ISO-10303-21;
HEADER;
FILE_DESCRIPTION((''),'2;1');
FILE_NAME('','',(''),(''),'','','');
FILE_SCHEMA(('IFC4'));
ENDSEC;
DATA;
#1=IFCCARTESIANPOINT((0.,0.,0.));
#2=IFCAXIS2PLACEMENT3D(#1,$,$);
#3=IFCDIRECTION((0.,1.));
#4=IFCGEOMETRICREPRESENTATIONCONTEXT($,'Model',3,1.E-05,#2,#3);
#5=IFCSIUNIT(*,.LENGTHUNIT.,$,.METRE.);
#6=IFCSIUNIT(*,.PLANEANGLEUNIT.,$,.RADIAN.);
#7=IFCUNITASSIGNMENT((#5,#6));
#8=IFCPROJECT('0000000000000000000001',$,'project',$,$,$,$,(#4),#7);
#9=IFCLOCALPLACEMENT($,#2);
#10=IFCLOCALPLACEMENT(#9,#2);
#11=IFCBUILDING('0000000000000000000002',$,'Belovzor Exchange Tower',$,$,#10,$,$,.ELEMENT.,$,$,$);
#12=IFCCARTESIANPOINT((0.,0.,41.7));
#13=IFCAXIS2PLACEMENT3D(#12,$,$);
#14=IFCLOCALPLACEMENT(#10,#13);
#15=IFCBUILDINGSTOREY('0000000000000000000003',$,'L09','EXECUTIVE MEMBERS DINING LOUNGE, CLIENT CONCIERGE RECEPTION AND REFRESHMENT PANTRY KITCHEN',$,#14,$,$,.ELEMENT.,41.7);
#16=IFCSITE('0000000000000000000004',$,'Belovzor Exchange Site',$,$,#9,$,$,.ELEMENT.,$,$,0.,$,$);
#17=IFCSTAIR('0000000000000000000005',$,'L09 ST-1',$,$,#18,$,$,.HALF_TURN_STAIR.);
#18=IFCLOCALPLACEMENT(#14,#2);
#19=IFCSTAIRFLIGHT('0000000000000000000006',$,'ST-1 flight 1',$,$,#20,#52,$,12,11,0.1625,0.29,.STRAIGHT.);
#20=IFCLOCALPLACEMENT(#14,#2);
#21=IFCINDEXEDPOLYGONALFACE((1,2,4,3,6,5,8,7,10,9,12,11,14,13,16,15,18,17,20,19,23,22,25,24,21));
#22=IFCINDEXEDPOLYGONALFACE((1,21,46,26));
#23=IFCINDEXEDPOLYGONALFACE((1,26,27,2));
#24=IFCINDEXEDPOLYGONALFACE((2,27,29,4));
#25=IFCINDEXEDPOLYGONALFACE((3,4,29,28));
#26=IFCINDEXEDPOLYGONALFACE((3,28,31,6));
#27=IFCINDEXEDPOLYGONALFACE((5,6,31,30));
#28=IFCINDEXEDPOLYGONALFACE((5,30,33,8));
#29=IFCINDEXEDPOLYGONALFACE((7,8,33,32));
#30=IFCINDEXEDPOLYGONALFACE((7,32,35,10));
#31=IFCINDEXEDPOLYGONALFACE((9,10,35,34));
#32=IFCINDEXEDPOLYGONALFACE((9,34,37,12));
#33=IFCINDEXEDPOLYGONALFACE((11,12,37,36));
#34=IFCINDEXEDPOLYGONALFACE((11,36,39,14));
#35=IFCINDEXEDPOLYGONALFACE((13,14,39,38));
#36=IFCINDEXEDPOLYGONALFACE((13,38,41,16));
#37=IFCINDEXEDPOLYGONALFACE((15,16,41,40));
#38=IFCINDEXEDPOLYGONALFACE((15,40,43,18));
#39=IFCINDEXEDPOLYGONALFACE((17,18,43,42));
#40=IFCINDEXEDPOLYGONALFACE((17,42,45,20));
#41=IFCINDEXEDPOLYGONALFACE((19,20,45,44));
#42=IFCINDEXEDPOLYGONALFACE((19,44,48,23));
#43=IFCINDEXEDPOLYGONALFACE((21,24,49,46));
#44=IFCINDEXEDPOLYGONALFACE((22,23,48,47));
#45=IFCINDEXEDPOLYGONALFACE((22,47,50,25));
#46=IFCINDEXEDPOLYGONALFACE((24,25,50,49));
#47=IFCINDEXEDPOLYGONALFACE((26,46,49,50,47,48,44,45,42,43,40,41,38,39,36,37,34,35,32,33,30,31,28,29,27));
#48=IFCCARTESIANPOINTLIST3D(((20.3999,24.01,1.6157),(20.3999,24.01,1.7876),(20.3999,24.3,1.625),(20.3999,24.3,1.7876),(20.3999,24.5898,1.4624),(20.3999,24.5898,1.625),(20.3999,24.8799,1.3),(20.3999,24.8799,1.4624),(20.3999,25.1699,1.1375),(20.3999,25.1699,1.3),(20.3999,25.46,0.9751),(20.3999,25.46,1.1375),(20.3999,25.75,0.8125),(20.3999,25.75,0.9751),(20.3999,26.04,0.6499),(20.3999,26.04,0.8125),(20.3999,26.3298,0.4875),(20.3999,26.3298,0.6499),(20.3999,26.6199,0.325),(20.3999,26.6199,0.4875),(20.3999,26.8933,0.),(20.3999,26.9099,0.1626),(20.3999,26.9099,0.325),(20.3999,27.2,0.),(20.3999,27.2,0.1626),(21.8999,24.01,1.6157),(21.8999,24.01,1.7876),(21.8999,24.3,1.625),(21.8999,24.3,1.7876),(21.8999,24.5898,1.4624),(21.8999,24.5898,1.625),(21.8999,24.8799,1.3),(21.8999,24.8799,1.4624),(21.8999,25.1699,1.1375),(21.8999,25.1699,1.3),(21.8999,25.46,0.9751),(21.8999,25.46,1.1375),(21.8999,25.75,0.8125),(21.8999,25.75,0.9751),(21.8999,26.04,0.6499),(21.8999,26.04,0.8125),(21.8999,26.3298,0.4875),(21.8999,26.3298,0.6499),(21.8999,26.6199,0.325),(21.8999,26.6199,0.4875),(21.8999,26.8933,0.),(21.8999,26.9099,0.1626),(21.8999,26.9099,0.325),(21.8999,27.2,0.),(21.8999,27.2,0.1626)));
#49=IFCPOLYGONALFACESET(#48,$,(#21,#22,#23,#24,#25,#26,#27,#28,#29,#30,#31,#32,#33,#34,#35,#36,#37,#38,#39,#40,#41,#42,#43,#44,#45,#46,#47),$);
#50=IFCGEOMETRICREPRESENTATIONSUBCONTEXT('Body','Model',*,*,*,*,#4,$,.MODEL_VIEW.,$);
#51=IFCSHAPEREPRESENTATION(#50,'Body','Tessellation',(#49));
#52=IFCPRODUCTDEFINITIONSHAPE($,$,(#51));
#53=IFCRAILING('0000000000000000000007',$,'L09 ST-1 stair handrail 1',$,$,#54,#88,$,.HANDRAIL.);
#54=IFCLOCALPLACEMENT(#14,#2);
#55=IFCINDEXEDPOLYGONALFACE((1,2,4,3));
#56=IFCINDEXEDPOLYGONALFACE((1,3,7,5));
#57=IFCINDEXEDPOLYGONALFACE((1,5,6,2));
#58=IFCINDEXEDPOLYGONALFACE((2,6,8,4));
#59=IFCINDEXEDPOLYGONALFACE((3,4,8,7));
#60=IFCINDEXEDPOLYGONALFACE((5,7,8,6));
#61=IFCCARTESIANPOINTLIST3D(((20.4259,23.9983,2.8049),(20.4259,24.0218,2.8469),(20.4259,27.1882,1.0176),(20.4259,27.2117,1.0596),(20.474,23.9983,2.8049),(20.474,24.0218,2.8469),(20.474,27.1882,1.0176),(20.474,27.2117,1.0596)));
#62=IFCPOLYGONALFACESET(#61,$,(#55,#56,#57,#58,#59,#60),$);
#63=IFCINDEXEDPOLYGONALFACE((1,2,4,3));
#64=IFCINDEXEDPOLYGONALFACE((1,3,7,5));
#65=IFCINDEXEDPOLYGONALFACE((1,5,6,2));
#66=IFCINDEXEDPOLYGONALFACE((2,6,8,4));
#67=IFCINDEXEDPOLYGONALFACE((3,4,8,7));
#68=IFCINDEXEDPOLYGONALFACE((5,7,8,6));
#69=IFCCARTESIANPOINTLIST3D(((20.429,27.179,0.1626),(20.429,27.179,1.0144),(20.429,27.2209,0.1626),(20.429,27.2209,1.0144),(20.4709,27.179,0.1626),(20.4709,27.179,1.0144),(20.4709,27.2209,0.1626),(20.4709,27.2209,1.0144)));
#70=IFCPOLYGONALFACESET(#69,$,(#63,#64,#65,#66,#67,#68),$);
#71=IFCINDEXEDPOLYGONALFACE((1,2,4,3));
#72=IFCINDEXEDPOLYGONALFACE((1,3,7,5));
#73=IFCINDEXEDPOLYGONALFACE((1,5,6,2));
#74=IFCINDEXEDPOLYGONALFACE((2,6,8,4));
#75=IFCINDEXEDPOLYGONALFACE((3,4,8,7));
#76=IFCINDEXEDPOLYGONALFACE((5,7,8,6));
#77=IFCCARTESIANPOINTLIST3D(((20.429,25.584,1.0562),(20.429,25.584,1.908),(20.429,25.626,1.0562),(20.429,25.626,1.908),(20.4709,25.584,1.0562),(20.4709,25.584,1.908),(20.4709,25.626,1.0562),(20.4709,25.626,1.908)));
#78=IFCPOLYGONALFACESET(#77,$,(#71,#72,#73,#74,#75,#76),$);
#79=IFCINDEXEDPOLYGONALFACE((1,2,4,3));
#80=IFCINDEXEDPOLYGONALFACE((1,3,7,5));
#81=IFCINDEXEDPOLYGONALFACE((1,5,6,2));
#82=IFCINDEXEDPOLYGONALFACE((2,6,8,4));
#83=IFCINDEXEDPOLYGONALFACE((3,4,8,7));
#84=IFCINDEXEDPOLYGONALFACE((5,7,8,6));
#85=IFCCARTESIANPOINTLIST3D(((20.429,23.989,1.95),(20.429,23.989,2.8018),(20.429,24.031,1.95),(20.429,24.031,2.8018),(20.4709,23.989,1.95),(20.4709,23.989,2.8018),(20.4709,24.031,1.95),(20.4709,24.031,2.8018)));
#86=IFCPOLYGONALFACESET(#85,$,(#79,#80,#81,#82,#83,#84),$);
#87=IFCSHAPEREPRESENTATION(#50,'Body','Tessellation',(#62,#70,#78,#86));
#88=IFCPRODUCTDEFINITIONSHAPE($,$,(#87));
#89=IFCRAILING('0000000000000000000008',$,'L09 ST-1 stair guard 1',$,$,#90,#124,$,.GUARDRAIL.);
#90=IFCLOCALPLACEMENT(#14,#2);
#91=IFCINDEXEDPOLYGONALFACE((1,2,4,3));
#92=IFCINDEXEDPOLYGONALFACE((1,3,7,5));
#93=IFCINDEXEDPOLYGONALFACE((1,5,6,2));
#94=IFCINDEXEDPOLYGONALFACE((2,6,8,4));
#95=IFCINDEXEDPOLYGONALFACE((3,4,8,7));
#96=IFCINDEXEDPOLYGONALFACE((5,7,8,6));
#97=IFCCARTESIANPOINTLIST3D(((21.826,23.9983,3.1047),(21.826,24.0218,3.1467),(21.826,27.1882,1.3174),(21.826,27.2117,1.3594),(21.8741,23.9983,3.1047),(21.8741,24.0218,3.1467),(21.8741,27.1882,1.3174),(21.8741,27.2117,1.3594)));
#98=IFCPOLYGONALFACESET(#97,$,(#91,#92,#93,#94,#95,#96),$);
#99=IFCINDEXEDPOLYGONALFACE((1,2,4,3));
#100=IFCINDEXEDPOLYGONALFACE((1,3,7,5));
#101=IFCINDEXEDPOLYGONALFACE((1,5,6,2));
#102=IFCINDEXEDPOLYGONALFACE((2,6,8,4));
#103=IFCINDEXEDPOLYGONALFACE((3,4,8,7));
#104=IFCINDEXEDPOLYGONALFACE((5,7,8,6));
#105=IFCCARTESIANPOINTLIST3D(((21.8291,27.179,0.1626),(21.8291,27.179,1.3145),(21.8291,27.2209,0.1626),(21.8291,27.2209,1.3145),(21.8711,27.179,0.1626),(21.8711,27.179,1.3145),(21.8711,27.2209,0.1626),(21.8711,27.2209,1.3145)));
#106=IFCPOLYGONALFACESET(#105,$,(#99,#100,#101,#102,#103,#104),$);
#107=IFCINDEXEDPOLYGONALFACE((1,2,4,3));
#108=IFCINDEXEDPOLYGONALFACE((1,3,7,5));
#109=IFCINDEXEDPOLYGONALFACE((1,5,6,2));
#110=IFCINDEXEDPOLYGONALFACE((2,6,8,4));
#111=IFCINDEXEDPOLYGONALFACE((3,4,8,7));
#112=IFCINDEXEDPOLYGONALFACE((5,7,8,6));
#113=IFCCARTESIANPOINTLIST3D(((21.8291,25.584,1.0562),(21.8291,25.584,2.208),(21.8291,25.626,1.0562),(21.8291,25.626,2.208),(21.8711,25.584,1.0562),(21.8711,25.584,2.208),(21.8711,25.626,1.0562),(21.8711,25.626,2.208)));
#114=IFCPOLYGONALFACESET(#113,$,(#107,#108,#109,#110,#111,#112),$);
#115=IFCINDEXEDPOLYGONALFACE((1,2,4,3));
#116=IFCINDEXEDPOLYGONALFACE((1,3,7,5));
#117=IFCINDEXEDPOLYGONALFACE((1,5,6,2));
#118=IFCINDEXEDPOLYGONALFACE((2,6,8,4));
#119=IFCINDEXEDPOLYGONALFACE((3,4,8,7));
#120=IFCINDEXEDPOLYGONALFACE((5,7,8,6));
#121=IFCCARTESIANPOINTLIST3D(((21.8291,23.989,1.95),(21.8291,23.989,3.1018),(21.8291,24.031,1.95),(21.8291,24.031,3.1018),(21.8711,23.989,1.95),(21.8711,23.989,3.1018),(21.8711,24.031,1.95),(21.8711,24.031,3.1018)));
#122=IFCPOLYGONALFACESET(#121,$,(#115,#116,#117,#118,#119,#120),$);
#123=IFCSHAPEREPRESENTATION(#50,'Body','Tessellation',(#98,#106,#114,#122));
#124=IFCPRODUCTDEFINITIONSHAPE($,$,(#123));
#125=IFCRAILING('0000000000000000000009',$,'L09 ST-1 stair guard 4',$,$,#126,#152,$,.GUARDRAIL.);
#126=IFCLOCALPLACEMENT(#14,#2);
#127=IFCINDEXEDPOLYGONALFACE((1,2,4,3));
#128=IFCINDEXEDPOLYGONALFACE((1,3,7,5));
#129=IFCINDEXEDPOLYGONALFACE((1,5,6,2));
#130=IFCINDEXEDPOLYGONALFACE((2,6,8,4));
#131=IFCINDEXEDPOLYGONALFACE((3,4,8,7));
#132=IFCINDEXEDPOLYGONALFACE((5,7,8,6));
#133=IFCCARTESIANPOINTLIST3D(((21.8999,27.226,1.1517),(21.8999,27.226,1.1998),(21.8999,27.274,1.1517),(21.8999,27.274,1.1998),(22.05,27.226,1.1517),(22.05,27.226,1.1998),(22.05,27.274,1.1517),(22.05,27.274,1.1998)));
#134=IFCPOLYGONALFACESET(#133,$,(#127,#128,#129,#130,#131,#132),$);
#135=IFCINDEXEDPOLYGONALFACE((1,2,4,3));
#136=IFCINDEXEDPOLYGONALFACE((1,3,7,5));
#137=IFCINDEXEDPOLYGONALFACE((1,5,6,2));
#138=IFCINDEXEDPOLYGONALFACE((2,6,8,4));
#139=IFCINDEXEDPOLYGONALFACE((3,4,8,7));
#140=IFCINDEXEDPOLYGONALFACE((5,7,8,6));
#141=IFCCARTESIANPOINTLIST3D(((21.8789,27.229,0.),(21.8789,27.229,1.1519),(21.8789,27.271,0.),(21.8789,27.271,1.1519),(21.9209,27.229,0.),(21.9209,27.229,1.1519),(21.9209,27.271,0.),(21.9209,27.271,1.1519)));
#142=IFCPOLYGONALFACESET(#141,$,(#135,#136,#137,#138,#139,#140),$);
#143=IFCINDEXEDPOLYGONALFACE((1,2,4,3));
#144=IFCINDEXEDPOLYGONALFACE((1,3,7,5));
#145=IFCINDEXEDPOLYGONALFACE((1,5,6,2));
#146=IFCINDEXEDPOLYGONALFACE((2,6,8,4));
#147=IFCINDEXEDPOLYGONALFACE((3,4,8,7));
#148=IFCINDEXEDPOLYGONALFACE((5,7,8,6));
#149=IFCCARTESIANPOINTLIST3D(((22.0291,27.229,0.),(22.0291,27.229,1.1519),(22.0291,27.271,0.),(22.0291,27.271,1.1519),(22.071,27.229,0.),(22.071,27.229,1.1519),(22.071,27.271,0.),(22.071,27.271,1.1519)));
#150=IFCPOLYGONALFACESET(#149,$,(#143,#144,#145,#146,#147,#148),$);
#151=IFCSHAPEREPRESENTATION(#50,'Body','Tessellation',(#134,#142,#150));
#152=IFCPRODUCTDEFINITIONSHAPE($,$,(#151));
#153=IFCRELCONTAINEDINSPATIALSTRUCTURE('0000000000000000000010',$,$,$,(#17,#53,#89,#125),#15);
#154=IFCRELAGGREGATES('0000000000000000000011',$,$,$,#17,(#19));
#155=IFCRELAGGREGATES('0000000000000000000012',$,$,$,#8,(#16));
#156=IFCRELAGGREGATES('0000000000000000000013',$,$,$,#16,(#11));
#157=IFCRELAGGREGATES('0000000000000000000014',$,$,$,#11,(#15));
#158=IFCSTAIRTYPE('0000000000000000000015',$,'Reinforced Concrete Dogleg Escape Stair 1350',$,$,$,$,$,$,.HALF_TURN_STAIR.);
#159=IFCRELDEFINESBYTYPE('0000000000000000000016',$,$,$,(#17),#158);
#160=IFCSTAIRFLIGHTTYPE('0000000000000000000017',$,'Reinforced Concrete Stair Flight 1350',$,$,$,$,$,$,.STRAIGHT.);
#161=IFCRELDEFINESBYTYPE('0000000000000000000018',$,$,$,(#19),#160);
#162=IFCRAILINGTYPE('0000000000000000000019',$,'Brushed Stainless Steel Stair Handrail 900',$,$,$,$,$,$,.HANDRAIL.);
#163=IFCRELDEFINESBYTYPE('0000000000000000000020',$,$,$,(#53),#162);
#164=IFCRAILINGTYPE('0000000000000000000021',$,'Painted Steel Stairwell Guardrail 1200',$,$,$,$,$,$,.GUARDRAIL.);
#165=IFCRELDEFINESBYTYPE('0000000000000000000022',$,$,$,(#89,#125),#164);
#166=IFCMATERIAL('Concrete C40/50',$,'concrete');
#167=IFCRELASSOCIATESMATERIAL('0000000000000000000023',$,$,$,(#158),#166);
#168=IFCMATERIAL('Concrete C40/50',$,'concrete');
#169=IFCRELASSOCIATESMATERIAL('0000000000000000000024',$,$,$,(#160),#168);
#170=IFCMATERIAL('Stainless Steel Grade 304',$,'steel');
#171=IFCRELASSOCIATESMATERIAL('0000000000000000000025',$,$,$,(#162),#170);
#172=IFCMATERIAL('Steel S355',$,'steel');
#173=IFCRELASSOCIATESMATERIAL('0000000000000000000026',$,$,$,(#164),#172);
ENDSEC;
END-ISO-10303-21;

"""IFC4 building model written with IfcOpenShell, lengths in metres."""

from ifc_helpers import new_model, si_unit, direction, frame, origin, origin_2d, place, context, subcontext, project, spatial, polyline, rectangle, outline, extrude, material, type_object, element, aggregate, save


model = new_model("IFC4")

# Units and contexts
model_context = context("Model", 3, precision=1e-05, world=origin(), true_north=direction((0.0, 1.0)))
body_context = subcontext(model_context, "Body", "Model", "MODEL_VIEW")
ifc_project = project(units=[si_unit("LENGTHUNIT", "METRE"), si_unit("PLANEANGLEUNIT", "RADIAN")], contexts=[model_context])

# Site, building, storey
site_placement = place(None, origin())
site = spatial("IfcSite", under=ifc_project, at=site_placement, Name="Belovzor Exchange Site", CompositionType="ELEMENT", RefElevation=0.0)
building_placement = place(site_placement, origin())
building = spatial("IfcBuilding", under=site, at=building_placement, Name="Belovzor Exchange Tower", CompositionType="ELEMENT")
storey_placement = place(building_placement, frame((0.0, 0.0, 41.7)))
storey = spatial("IfcBuildingStorey", under=building, at=storey_placement, Name="L09", Description="EXECUTIVE MEMBERS DINING LOUNGE, CLIENT CONCIERGE RECEPTION AND REFRESHMENT PANTRY KITCHEN", CompositionType="ELEMENT", Elevation=41.7)

# Stair, stair flight
ifc_material_1 = material(Name="Concrete C40/50", Category="concrete")
stair_type = type_object("IfcStairType", Name="Reinforced Concrete Dogleg Escape Stair 1350", PredefinedType="HALF_TURN_STAIR", material=ifc_material_1)
stair_placement = place(storey_placement, origin())
stair = element("IfcStair", 1, at=stair_placement, inside=storey, type_object=stair_type, Name="L09 ST-1", PredefinedType="HALF_TURN_STAIR")
ifc_material_2 = material(Name="Concrete C40/50", Category="concrete")
stair_flight_type = type_object("IfcStairFlightType", Name="Reinforced Concrete Stair Flight 1350", PredefinedType="STRAIGHT", material=ifc_material_2)
stair_flight_placement = place(storey_placement, frame((21.1499, 27.2, 0.0), z_axis=(0.0, 0.0, 1.0), x_axis=(0.0, -1.0, 0.0)))
stair_flight = element("IfcStairFlight", 2, at=stair_flight_placement, type_object=stair_flight_type, Name="ST-1 flight 1", NumberOfRisers=12, NumberOfTreads=11, PredefinedType="STRAIGHT", RiserHeight=0.1625, TreadLength=0.29, context=body_context, shape_type="SweptSolid", body=[
    extrude(outline(polyline([(0.0, 0.0), (0.0, 0.1626), (0.29, 0.1626), (0.29, 0.325), (0.5801, 0.325), (0.5801, 0.4875), (0.8701, 0.4875), (0.8701, 0.6499), (1.1599, 0.6499), (1.1599, 0.8125), (1.45, 0.8125), (1.45, 0.9751), (1.74, 0.9751), (1.74, 1.1375), (2.03, 1.1375), (2.03, 1.3), (2.3201, 1.3), (2.3201, 1.4624), (2.6101, 1.4624), (2.6101, 1.625), (2.8999, 1.625), (2.8999, 1.7876), (3.1899, 1.7876), (3.1899, 1.95), (3.1899, 1.6157), (0.3066, 0.0), (0.0, 0.0)])), frame((0.0, 0.75, 0.0), z_axis=(0.0, -1.0, 0.0), x_axis=(1.0, 0.0, 0.0)), (0.0, 0.0, 1.0), 1.5),
])
aggregate(stair, [stair_flight])

# Railings
ifc_material_3 = material(Name="Stainless Steel Grade 304", Category="steel")
railing_type_1 = type_object("IfcRailingType", Name="Brushed Stainless Steel Stair Handrail 900", PredefinedType="HANDRAIL", material=ifc_material_3)
railing_1_placement = place(storey_placement, frame((20.45, 27.2, 0.1626)))
element("IfcRailing", 3, at=railing_1_placement, inside=storey, type_object=railing_type_1, Name="L09 ST-1 stair handrail 1", PredefinedType="HANDRAIL", context=body_context, shape_type="SweptSolid", body=[
    extrude(rectangle(XDim=0.0481, YDim=0.0481, at=origin_2d()), frame((0.0, 0.0, 0.876), z_axis=(0.0, -0.872391, 0.488809), x_axis=(1.0, 0.0, 0.0)), (0.0, 0.0, 1.0), 3.6565),
    extrude(rectangle(XDim=0.042, YDim=0.042, at=origin_2d()), origin(), (0.0, 0.0, 1.0), 0.8518),
    extrude(rectangle(XDim=0.042, YDim=0.042, at=origin_2d()), frame((0.0, -1.595, 0.8936)), (0.0, 0.0, 1.0), 0.8518),
    extrude(rectangle(XDim=0.042, YDim=0.042, at=origin_2d()), frame((0.0, -3.1899, 1.7874)), (0.0, 0.0, 1.0), 0.8518),
])
ifc_material_4 = material(Name="Steel S355", Category="steel")
railing_type_2 = type_object("IfcRailingType", Name="Painted Steel Stairwell Guardrail 1200", PredefinedType="GUARDRAIL", material=ifc_material_4)
railing_2_placement = place(storey_placement, frame((21.8501, 27.2, 0.1626)))
element("IfcRailing", 4, at=railing_2_placement, inside=storey, type_object=railing_type_2, Name="L09 ST-1 stair guard 1", PredefinedType="GUARDRAIL", context=body_context, shape_type="SweptSolid", body=[
    extrude(rectangle(XDim=0.0481, YDim=0.0481, at=origin_2d()), frame((0.0, 0.0, 1.1758), z_axis=(0.0, -0.872391, 0.488809), x_axis=(1.0, 0.0, 0.0)), (0.0, 0.0, 1.0), 3.6565),
    extrude(rectangle(XDim=0.042, YDim=0.042, at=origin_2d()), origin(), (0.0, 0.0, 1.0), 1.1519),
    extrude(rectangle(XDim=0.042, YDim=0.042, at=origin_2d()), frame((0.0, -1.595, 0.8936)), (0.0, 0.0, 1.0), 1.1519),
    extrude(rectangle(XDim=0.042, YDim=0.042, at=origin_2d()), frame((0.0, -3.1899, 1.7874)), (0.0, 0.0, 1.0), 1.1519),
])
railing_3_placement = place(storey_placement, frame((21.8999, 27.25, 0.0)))
element("IfcRailing", 5, at=railing_3_placement, inside=storey, type_object=railing_type_2, Name="L09 ST-1 stair guard 4", PredefinedType="GUARDRAIL", context=body_context, shape_type="SweptSolid", body=[
    extrude(rectangle(XDim=0.0481, YDim=0.0481, at=origin_2d()), frame((0.0, 0.0, 1.1758), z_axis=(1.0, 0.0, 0.0), x_axis=(0.0, 1.0, 0.0)), (0.0, 0.0, 1.0), 0.1501),
    extrude(rectangle(XDim=0.042, YDim=0.042, at=origin_2d()), origin(), (0.0, 0.0, 1.0), 1.1519),
    extrude(rectangle(XDim=0.042, YDim=0.042, at=origin_2d()), frame((0.1501, 0.0, 0.0)), (0.0, 0.0, 1.0), 1.1519),
])

save(model, "model.ifc")
